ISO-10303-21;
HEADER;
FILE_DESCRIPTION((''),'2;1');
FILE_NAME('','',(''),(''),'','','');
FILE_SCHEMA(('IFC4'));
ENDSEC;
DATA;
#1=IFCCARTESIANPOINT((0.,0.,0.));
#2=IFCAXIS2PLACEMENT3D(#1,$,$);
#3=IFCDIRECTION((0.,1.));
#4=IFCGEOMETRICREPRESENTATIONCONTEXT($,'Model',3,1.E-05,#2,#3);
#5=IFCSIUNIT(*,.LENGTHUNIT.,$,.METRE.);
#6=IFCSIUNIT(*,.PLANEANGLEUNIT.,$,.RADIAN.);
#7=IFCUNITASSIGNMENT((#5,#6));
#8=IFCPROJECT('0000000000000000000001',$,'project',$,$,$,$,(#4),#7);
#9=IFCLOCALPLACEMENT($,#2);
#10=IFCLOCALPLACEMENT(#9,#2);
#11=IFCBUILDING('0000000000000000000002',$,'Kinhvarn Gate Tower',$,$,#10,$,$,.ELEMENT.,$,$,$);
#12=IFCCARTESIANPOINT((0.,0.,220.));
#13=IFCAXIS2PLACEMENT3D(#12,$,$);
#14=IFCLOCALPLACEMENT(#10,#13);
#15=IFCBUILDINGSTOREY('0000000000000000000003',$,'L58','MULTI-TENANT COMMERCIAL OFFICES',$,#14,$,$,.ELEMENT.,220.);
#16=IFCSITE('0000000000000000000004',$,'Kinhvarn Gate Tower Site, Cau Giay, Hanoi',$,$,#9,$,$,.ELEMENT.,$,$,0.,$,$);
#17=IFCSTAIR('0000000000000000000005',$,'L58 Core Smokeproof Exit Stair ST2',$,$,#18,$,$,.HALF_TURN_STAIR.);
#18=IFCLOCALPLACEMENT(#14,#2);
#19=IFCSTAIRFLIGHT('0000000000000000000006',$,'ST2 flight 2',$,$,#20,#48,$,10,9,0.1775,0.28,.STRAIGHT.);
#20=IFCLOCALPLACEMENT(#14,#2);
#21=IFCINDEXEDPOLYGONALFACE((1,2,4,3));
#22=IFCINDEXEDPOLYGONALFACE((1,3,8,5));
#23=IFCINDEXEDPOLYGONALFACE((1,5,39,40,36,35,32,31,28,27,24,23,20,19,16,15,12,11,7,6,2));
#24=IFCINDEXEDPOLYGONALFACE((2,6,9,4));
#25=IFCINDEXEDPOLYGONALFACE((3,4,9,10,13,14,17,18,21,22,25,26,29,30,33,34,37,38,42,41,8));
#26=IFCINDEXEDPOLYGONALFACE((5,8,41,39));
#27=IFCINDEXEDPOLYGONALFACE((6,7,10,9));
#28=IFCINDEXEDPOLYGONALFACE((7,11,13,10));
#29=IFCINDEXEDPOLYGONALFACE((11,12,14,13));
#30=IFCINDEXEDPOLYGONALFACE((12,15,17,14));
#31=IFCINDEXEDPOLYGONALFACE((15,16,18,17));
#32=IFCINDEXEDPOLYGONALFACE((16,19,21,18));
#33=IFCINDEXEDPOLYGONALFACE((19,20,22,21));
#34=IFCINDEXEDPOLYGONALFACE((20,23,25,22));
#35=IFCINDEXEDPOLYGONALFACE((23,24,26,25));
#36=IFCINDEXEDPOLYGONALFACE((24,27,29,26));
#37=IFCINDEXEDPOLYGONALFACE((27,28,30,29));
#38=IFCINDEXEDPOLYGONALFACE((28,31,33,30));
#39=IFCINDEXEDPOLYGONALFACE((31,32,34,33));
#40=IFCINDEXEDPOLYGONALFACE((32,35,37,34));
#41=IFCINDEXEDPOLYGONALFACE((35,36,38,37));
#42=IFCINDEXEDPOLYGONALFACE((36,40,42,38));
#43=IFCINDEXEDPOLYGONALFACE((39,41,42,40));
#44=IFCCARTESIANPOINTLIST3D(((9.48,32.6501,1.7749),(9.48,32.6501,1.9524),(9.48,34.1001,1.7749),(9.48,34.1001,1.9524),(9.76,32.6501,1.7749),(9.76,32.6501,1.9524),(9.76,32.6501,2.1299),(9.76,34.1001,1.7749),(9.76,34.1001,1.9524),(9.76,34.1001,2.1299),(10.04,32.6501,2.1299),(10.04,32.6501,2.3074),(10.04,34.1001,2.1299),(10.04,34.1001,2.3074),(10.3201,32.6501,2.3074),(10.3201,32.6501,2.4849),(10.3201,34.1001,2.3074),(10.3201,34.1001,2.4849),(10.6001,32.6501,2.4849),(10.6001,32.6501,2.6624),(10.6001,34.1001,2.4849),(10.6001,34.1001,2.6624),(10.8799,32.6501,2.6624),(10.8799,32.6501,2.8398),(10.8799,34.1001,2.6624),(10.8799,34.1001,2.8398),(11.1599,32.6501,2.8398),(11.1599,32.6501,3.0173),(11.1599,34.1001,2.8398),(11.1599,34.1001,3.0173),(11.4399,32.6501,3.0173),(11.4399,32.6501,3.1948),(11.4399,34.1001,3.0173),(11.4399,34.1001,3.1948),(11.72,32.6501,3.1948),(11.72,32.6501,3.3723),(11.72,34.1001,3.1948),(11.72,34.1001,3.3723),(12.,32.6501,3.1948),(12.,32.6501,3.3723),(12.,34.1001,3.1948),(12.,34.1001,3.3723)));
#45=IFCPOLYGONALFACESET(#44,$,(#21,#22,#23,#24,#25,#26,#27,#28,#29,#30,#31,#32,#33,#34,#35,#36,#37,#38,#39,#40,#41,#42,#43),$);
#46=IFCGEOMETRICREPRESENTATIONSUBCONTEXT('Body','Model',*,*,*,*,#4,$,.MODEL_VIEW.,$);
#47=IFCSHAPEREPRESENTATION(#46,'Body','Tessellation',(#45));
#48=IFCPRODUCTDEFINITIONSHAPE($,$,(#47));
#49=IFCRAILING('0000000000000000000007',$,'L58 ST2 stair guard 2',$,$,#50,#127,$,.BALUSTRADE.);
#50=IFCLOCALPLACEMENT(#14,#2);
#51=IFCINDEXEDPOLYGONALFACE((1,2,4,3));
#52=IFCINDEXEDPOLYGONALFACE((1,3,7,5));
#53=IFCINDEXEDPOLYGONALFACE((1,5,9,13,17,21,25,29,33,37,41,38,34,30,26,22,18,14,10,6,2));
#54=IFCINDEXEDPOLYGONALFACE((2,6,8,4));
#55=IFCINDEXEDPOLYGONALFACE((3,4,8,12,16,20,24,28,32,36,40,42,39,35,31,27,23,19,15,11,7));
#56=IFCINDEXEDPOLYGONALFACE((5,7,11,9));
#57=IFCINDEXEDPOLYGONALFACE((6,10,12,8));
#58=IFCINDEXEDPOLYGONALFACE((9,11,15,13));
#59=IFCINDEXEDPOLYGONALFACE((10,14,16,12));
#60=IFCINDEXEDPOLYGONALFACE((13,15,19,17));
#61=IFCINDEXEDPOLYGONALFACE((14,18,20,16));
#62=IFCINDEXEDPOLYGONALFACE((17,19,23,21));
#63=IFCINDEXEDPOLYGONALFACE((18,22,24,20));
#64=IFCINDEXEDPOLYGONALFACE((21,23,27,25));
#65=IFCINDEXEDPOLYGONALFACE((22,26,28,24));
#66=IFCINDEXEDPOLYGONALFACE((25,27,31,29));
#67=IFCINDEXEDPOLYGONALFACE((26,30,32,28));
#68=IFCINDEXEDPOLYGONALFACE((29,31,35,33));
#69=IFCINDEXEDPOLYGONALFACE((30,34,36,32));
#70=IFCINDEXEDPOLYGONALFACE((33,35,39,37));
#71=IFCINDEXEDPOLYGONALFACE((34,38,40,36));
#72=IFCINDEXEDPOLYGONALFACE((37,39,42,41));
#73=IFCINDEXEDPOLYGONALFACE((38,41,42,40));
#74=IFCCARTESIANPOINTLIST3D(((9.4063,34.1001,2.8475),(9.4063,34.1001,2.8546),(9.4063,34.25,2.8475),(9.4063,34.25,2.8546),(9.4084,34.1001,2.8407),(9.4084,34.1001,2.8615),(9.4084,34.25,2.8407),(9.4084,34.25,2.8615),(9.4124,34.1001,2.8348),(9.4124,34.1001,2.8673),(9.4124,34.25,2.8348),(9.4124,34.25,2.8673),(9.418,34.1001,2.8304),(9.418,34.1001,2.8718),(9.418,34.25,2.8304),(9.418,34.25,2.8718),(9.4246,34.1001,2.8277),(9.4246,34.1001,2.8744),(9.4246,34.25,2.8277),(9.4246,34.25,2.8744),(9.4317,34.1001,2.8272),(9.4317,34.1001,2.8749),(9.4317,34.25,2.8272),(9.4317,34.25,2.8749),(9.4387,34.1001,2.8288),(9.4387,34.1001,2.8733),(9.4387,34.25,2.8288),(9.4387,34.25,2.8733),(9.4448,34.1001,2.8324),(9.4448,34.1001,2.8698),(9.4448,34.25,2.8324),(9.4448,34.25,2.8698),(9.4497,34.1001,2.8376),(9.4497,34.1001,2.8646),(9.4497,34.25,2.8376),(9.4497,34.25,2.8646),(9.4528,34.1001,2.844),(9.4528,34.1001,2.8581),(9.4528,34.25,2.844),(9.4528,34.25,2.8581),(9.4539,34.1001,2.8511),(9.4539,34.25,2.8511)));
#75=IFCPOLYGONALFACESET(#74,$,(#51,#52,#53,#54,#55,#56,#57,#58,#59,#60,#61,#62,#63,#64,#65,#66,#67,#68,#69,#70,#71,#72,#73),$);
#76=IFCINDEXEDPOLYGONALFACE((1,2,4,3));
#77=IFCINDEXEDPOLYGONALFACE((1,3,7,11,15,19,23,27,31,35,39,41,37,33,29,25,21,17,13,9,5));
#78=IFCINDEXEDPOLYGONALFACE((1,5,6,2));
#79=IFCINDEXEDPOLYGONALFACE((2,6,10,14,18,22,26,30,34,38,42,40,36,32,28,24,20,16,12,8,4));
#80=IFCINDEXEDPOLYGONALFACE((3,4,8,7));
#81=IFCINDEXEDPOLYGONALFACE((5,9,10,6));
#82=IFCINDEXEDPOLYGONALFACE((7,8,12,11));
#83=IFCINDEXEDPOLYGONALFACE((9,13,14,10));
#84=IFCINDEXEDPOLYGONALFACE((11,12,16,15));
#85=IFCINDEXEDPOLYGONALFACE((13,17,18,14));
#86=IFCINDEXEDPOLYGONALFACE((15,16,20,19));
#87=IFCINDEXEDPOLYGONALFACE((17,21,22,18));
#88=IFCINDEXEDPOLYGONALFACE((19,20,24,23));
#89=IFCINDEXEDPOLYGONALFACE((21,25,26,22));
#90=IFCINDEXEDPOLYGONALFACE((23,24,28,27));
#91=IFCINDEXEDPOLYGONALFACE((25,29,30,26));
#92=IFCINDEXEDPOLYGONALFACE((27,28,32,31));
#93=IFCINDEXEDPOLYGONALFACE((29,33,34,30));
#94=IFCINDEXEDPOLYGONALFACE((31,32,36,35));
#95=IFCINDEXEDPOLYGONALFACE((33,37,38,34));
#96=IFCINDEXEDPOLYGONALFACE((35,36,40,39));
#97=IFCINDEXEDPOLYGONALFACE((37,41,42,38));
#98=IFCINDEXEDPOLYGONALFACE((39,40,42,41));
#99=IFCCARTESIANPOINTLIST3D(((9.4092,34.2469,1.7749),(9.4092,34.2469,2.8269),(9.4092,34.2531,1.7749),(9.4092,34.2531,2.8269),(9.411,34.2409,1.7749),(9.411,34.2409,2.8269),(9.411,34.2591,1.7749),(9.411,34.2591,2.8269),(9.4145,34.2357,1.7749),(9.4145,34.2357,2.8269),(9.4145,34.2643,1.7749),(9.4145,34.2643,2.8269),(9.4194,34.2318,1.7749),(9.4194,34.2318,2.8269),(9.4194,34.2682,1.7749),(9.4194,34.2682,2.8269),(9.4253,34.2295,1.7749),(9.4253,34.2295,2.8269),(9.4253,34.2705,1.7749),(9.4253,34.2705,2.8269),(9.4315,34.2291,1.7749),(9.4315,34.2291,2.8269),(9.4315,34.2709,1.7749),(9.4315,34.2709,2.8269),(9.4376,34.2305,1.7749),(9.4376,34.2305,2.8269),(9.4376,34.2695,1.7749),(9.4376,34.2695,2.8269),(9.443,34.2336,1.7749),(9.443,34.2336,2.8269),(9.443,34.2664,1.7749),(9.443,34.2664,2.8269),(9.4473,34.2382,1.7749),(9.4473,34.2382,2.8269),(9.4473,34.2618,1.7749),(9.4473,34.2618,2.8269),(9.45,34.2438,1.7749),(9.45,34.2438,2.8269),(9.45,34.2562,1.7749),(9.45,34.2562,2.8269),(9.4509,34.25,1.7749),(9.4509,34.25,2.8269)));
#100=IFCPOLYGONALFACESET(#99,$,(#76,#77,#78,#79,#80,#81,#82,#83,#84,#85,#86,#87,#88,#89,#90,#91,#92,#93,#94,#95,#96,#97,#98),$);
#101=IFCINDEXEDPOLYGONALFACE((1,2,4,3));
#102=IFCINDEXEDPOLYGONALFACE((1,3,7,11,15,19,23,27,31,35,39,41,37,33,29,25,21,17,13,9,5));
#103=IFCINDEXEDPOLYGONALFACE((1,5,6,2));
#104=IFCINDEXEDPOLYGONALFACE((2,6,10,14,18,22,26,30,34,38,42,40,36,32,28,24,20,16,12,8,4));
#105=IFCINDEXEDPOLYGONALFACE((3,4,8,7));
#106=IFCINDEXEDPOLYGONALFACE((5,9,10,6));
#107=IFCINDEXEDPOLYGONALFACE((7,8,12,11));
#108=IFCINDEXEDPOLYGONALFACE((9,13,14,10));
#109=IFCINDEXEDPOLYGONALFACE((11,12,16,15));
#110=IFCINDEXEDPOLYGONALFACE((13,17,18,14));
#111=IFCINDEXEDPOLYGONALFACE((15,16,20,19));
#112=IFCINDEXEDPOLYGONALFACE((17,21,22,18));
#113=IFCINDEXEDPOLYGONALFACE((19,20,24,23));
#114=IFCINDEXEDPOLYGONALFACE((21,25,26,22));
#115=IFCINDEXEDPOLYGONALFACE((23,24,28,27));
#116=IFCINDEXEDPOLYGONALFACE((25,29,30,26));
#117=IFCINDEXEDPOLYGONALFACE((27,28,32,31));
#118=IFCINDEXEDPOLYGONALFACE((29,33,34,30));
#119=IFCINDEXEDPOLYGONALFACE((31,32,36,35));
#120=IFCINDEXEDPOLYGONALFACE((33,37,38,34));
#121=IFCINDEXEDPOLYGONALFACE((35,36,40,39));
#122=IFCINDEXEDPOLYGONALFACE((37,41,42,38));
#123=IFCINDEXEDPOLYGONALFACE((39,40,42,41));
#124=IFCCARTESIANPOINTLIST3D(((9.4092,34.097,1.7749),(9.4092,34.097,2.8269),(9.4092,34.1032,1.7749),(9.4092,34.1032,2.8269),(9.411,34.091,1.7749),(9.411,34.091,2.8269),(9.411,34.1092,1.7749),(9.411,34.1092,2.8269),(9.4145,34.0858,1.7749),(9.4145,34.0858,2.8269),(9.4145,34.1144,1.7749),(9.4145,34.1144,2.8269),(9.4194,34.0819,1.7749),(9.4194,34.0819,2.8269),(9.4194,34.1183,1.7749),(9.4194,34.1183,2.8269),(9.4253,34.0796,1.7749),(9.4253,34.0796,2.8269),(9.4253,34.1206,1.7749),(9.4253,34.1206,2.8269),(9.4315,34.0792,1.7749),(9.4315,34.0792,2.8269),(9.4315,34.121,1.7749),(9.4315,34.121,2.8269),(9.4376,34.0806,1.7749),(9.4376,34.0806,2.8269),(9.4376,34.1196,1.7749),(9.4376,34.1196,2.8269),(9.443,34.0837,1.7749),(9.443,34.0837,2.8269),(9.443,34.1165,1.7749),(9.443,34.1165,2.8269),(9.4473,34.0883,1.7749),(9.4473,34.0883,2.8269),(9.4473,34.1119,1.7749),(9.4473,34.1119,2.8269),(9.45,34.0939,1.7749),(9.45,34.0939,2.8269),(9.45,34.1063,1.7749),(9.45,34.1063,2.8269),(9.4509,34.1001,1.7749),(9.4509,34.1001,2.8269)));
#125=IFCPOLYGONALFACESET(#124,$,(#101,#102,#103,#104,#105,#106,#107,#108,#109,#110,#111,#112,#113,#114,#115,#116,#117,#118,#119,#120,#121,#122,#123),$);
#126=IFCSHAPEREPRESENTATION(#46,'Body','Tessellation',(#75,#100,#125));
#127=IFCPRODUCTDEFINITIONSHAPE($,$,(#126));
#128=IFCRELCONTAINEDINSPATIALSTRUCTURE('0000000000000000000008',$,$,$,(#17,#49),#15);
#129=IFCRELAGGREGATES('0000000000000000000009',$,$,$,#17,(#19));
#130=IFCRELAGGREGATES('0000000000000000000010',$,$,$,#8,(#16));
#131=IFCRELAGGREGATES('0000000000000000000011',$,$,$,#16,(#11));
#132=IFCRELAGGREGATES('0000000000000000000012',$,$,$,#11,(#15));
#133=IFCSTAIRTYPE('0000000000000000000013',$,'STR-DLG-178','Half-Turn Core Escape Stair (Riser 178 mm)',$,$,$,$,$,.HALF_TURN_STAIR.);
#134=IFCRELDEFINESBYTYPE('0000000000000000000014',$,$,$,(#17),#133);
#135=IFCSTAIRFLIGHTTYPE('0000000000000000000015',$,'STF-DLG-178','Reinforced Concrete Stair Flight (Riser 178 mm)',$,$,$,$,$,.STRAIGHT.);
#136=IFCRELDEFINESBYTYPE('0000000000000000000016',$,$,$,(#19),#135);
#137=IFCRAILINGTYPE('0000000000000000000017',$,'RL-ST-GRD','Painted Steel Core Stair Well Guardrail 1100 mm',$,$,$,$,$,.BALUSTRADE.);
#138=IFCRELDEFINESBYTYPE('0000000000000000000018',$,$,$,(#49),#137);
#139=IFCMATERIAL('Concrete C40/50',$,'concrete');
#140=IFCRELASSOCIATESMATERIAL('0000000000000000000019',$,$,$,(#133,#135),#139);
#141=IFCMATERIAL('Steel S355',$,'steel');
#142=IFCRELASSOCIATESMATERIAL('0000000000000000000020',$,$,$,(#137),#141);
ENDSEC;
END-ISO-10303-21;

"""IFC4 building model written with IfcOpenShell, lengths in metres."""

from ifc_helpers import new_model, si_unit, direction, frame, origin, origin_2d, place, context, subcontext, project, spatial, polyline, circle, outline, extrude, material, type_object, element, aggregate, save


model = new_model("IFC4")

# Units and contexts
model_context = context("Model", 3, precision=1e-05, world=origin(), true_north=direction((0.0, 1.0)))
body_context = subcontext(model_context, "Body", "Model", "MODEL_VIEW")
ifc_project = project(units=[si_unit("LENGTHUNIT", "METRE"), si_unit("PLANEANGLEUNIT", "RADIAN")], contexts=[model_context])

# Site, building, storey
site_placement = place(None, origin())
site = spatial("IfcSite", under=ifc_project, at=site_placement, Name="Kinhvarn Gate Tower Site, Cau Giay, Hanoi", CompositionType="ELEMENT", RefElevation=0.0)
building_placement = place(site_placement, origin())
building = spatial("IfcBuilding", under=site, at=building_placement, Name="Kinhvarn Gate Tower", CompositionType="ELEMENT")
storey_placement = place(building_placement, frame((0.0, 0.0, 220.0)))
storey = spatial("IfcBuildingStorey", under=building, at=storey_placement, Name="L58", Description="MULTI-TENANT COMMERCIAL OFFICES", CompositionType="ELEMENT", Elevation=220.0)

# Shared definitions
ifc_material_1 = material(Name="Concrete C40/50", Category="concrete")

# Stair, stair flight
stair_type = type_object("IfcStairType", Name="STR-DLG-178", Description="Half-Turn Core Escape Stair (Riser 178 mm)", PredefinedType="HALF_TURN_STAIR", material=ifc_material_1)
stair_placement = place(storey_placement, origin())
stair = element("IfcStair", 1, at=stair_placement, inside=storey, type_object=stair_type, Name="L58 Core Smokeproof Exit Stair ST2", PredefinedType="HALF_TURN_STAIR")
stair_flight_type = type_object("IfcStairFlightType", Name="STF-DLG-178", Description="Reinforced Concrete Stair Flight (Riser 178 mm)", PredefinedType="STRAIGHT", material=ifc_material_1)
stair_flight_placement = place(storey_placement, frame((9.48, 33.375, 1.7749), z_axis=(0.0, 0.0, 1.0), x_axis=(1.0, 0.0, 0.0)))
stair_flight = element("IfcStairFlight", 2, at=stair_flight_placement, type_object=stair_flight_type, Name="ST2 flight 2", NumberOfRisers=10, NumberOfTreads=9, PredefinedType="STRAIGHT", RiserHeight=0.1775, TreadLength=0.28, context=body_context, shape_type="SweptSolid", body=[
    extrude(outline(polyline([(0.0, 0.0), (0.0, 0.1775), (0.28, 0.1775), (0.28, 0.355), (0.5601, 0.355), (0.5601, 0.5325), (0.8401, 0.5325), (0.8401, 0.71), (1.1201, 0.71), (1.1201, 0.8875), (1.3999, 0.8875), (1.3999, 1.0649), (1.6799, 1.0649), (1.6799, 1.2424), (1.96, 1.2424), (1.96, 1.4199), (2.24, 1.4199), (2.24, 1.5974), (2.52, 1.5974), (2.52, 1.7749), (2.52, 1.4199), (0.28, 0.0), (0.0, 0.0)])), frame((0.0, 0.7251, 0.0), z_axis=(0.0, -1.0, 0.0), x_axis=(1.0, 0.0, 0.0)), (0.0, 0.0, 1.0), 1.45),
])
aggregate(stair, [stair_flight])

# Railing
ifc_material_2 = material(Name="Steel S355", Category="steel")
railing_type_1 = type_object("IfcRailingType", Name="RL-ST-GRD", Description="Painted Steel Core Stair Well Guardrail 1100 mm", PredefinedType="BALUSTRADE", material=ifc_material_2)
railing_1_placement = place(storey_placement, frame((9.4299, 34.25, 1.7749)))
element("IfcRailing", 3, at=railing_1_placement, inside=storey, type_object=railing_type_1, Name="L58 ST2 stair guard 2", PredefinedType="BALUSTRADE", context=body_context, shape_type="SweptSolid", body=[
    extrude(circle(Radius=0.0239, at=origin_2d()), frame((0.0, 0.0, 1.0762), z_axis=(0.0, -1.0, 0.0), x_axis=(1.0, 0.0, 0.0)), (0.0, 0.0, 1.0), 0.1499),
    extrude(circle(Radius=0.021, at=origin_2d()), origin(), (0.0, 0.0, 1.0), 1.052),
    extrude(circle(Radius=0.021, at=origin_2d()), frame((0.0, -0.1499, 0.0)), (0.0, 0.0, 1.0), 1.052),
])

save(model, "model.ifc")
